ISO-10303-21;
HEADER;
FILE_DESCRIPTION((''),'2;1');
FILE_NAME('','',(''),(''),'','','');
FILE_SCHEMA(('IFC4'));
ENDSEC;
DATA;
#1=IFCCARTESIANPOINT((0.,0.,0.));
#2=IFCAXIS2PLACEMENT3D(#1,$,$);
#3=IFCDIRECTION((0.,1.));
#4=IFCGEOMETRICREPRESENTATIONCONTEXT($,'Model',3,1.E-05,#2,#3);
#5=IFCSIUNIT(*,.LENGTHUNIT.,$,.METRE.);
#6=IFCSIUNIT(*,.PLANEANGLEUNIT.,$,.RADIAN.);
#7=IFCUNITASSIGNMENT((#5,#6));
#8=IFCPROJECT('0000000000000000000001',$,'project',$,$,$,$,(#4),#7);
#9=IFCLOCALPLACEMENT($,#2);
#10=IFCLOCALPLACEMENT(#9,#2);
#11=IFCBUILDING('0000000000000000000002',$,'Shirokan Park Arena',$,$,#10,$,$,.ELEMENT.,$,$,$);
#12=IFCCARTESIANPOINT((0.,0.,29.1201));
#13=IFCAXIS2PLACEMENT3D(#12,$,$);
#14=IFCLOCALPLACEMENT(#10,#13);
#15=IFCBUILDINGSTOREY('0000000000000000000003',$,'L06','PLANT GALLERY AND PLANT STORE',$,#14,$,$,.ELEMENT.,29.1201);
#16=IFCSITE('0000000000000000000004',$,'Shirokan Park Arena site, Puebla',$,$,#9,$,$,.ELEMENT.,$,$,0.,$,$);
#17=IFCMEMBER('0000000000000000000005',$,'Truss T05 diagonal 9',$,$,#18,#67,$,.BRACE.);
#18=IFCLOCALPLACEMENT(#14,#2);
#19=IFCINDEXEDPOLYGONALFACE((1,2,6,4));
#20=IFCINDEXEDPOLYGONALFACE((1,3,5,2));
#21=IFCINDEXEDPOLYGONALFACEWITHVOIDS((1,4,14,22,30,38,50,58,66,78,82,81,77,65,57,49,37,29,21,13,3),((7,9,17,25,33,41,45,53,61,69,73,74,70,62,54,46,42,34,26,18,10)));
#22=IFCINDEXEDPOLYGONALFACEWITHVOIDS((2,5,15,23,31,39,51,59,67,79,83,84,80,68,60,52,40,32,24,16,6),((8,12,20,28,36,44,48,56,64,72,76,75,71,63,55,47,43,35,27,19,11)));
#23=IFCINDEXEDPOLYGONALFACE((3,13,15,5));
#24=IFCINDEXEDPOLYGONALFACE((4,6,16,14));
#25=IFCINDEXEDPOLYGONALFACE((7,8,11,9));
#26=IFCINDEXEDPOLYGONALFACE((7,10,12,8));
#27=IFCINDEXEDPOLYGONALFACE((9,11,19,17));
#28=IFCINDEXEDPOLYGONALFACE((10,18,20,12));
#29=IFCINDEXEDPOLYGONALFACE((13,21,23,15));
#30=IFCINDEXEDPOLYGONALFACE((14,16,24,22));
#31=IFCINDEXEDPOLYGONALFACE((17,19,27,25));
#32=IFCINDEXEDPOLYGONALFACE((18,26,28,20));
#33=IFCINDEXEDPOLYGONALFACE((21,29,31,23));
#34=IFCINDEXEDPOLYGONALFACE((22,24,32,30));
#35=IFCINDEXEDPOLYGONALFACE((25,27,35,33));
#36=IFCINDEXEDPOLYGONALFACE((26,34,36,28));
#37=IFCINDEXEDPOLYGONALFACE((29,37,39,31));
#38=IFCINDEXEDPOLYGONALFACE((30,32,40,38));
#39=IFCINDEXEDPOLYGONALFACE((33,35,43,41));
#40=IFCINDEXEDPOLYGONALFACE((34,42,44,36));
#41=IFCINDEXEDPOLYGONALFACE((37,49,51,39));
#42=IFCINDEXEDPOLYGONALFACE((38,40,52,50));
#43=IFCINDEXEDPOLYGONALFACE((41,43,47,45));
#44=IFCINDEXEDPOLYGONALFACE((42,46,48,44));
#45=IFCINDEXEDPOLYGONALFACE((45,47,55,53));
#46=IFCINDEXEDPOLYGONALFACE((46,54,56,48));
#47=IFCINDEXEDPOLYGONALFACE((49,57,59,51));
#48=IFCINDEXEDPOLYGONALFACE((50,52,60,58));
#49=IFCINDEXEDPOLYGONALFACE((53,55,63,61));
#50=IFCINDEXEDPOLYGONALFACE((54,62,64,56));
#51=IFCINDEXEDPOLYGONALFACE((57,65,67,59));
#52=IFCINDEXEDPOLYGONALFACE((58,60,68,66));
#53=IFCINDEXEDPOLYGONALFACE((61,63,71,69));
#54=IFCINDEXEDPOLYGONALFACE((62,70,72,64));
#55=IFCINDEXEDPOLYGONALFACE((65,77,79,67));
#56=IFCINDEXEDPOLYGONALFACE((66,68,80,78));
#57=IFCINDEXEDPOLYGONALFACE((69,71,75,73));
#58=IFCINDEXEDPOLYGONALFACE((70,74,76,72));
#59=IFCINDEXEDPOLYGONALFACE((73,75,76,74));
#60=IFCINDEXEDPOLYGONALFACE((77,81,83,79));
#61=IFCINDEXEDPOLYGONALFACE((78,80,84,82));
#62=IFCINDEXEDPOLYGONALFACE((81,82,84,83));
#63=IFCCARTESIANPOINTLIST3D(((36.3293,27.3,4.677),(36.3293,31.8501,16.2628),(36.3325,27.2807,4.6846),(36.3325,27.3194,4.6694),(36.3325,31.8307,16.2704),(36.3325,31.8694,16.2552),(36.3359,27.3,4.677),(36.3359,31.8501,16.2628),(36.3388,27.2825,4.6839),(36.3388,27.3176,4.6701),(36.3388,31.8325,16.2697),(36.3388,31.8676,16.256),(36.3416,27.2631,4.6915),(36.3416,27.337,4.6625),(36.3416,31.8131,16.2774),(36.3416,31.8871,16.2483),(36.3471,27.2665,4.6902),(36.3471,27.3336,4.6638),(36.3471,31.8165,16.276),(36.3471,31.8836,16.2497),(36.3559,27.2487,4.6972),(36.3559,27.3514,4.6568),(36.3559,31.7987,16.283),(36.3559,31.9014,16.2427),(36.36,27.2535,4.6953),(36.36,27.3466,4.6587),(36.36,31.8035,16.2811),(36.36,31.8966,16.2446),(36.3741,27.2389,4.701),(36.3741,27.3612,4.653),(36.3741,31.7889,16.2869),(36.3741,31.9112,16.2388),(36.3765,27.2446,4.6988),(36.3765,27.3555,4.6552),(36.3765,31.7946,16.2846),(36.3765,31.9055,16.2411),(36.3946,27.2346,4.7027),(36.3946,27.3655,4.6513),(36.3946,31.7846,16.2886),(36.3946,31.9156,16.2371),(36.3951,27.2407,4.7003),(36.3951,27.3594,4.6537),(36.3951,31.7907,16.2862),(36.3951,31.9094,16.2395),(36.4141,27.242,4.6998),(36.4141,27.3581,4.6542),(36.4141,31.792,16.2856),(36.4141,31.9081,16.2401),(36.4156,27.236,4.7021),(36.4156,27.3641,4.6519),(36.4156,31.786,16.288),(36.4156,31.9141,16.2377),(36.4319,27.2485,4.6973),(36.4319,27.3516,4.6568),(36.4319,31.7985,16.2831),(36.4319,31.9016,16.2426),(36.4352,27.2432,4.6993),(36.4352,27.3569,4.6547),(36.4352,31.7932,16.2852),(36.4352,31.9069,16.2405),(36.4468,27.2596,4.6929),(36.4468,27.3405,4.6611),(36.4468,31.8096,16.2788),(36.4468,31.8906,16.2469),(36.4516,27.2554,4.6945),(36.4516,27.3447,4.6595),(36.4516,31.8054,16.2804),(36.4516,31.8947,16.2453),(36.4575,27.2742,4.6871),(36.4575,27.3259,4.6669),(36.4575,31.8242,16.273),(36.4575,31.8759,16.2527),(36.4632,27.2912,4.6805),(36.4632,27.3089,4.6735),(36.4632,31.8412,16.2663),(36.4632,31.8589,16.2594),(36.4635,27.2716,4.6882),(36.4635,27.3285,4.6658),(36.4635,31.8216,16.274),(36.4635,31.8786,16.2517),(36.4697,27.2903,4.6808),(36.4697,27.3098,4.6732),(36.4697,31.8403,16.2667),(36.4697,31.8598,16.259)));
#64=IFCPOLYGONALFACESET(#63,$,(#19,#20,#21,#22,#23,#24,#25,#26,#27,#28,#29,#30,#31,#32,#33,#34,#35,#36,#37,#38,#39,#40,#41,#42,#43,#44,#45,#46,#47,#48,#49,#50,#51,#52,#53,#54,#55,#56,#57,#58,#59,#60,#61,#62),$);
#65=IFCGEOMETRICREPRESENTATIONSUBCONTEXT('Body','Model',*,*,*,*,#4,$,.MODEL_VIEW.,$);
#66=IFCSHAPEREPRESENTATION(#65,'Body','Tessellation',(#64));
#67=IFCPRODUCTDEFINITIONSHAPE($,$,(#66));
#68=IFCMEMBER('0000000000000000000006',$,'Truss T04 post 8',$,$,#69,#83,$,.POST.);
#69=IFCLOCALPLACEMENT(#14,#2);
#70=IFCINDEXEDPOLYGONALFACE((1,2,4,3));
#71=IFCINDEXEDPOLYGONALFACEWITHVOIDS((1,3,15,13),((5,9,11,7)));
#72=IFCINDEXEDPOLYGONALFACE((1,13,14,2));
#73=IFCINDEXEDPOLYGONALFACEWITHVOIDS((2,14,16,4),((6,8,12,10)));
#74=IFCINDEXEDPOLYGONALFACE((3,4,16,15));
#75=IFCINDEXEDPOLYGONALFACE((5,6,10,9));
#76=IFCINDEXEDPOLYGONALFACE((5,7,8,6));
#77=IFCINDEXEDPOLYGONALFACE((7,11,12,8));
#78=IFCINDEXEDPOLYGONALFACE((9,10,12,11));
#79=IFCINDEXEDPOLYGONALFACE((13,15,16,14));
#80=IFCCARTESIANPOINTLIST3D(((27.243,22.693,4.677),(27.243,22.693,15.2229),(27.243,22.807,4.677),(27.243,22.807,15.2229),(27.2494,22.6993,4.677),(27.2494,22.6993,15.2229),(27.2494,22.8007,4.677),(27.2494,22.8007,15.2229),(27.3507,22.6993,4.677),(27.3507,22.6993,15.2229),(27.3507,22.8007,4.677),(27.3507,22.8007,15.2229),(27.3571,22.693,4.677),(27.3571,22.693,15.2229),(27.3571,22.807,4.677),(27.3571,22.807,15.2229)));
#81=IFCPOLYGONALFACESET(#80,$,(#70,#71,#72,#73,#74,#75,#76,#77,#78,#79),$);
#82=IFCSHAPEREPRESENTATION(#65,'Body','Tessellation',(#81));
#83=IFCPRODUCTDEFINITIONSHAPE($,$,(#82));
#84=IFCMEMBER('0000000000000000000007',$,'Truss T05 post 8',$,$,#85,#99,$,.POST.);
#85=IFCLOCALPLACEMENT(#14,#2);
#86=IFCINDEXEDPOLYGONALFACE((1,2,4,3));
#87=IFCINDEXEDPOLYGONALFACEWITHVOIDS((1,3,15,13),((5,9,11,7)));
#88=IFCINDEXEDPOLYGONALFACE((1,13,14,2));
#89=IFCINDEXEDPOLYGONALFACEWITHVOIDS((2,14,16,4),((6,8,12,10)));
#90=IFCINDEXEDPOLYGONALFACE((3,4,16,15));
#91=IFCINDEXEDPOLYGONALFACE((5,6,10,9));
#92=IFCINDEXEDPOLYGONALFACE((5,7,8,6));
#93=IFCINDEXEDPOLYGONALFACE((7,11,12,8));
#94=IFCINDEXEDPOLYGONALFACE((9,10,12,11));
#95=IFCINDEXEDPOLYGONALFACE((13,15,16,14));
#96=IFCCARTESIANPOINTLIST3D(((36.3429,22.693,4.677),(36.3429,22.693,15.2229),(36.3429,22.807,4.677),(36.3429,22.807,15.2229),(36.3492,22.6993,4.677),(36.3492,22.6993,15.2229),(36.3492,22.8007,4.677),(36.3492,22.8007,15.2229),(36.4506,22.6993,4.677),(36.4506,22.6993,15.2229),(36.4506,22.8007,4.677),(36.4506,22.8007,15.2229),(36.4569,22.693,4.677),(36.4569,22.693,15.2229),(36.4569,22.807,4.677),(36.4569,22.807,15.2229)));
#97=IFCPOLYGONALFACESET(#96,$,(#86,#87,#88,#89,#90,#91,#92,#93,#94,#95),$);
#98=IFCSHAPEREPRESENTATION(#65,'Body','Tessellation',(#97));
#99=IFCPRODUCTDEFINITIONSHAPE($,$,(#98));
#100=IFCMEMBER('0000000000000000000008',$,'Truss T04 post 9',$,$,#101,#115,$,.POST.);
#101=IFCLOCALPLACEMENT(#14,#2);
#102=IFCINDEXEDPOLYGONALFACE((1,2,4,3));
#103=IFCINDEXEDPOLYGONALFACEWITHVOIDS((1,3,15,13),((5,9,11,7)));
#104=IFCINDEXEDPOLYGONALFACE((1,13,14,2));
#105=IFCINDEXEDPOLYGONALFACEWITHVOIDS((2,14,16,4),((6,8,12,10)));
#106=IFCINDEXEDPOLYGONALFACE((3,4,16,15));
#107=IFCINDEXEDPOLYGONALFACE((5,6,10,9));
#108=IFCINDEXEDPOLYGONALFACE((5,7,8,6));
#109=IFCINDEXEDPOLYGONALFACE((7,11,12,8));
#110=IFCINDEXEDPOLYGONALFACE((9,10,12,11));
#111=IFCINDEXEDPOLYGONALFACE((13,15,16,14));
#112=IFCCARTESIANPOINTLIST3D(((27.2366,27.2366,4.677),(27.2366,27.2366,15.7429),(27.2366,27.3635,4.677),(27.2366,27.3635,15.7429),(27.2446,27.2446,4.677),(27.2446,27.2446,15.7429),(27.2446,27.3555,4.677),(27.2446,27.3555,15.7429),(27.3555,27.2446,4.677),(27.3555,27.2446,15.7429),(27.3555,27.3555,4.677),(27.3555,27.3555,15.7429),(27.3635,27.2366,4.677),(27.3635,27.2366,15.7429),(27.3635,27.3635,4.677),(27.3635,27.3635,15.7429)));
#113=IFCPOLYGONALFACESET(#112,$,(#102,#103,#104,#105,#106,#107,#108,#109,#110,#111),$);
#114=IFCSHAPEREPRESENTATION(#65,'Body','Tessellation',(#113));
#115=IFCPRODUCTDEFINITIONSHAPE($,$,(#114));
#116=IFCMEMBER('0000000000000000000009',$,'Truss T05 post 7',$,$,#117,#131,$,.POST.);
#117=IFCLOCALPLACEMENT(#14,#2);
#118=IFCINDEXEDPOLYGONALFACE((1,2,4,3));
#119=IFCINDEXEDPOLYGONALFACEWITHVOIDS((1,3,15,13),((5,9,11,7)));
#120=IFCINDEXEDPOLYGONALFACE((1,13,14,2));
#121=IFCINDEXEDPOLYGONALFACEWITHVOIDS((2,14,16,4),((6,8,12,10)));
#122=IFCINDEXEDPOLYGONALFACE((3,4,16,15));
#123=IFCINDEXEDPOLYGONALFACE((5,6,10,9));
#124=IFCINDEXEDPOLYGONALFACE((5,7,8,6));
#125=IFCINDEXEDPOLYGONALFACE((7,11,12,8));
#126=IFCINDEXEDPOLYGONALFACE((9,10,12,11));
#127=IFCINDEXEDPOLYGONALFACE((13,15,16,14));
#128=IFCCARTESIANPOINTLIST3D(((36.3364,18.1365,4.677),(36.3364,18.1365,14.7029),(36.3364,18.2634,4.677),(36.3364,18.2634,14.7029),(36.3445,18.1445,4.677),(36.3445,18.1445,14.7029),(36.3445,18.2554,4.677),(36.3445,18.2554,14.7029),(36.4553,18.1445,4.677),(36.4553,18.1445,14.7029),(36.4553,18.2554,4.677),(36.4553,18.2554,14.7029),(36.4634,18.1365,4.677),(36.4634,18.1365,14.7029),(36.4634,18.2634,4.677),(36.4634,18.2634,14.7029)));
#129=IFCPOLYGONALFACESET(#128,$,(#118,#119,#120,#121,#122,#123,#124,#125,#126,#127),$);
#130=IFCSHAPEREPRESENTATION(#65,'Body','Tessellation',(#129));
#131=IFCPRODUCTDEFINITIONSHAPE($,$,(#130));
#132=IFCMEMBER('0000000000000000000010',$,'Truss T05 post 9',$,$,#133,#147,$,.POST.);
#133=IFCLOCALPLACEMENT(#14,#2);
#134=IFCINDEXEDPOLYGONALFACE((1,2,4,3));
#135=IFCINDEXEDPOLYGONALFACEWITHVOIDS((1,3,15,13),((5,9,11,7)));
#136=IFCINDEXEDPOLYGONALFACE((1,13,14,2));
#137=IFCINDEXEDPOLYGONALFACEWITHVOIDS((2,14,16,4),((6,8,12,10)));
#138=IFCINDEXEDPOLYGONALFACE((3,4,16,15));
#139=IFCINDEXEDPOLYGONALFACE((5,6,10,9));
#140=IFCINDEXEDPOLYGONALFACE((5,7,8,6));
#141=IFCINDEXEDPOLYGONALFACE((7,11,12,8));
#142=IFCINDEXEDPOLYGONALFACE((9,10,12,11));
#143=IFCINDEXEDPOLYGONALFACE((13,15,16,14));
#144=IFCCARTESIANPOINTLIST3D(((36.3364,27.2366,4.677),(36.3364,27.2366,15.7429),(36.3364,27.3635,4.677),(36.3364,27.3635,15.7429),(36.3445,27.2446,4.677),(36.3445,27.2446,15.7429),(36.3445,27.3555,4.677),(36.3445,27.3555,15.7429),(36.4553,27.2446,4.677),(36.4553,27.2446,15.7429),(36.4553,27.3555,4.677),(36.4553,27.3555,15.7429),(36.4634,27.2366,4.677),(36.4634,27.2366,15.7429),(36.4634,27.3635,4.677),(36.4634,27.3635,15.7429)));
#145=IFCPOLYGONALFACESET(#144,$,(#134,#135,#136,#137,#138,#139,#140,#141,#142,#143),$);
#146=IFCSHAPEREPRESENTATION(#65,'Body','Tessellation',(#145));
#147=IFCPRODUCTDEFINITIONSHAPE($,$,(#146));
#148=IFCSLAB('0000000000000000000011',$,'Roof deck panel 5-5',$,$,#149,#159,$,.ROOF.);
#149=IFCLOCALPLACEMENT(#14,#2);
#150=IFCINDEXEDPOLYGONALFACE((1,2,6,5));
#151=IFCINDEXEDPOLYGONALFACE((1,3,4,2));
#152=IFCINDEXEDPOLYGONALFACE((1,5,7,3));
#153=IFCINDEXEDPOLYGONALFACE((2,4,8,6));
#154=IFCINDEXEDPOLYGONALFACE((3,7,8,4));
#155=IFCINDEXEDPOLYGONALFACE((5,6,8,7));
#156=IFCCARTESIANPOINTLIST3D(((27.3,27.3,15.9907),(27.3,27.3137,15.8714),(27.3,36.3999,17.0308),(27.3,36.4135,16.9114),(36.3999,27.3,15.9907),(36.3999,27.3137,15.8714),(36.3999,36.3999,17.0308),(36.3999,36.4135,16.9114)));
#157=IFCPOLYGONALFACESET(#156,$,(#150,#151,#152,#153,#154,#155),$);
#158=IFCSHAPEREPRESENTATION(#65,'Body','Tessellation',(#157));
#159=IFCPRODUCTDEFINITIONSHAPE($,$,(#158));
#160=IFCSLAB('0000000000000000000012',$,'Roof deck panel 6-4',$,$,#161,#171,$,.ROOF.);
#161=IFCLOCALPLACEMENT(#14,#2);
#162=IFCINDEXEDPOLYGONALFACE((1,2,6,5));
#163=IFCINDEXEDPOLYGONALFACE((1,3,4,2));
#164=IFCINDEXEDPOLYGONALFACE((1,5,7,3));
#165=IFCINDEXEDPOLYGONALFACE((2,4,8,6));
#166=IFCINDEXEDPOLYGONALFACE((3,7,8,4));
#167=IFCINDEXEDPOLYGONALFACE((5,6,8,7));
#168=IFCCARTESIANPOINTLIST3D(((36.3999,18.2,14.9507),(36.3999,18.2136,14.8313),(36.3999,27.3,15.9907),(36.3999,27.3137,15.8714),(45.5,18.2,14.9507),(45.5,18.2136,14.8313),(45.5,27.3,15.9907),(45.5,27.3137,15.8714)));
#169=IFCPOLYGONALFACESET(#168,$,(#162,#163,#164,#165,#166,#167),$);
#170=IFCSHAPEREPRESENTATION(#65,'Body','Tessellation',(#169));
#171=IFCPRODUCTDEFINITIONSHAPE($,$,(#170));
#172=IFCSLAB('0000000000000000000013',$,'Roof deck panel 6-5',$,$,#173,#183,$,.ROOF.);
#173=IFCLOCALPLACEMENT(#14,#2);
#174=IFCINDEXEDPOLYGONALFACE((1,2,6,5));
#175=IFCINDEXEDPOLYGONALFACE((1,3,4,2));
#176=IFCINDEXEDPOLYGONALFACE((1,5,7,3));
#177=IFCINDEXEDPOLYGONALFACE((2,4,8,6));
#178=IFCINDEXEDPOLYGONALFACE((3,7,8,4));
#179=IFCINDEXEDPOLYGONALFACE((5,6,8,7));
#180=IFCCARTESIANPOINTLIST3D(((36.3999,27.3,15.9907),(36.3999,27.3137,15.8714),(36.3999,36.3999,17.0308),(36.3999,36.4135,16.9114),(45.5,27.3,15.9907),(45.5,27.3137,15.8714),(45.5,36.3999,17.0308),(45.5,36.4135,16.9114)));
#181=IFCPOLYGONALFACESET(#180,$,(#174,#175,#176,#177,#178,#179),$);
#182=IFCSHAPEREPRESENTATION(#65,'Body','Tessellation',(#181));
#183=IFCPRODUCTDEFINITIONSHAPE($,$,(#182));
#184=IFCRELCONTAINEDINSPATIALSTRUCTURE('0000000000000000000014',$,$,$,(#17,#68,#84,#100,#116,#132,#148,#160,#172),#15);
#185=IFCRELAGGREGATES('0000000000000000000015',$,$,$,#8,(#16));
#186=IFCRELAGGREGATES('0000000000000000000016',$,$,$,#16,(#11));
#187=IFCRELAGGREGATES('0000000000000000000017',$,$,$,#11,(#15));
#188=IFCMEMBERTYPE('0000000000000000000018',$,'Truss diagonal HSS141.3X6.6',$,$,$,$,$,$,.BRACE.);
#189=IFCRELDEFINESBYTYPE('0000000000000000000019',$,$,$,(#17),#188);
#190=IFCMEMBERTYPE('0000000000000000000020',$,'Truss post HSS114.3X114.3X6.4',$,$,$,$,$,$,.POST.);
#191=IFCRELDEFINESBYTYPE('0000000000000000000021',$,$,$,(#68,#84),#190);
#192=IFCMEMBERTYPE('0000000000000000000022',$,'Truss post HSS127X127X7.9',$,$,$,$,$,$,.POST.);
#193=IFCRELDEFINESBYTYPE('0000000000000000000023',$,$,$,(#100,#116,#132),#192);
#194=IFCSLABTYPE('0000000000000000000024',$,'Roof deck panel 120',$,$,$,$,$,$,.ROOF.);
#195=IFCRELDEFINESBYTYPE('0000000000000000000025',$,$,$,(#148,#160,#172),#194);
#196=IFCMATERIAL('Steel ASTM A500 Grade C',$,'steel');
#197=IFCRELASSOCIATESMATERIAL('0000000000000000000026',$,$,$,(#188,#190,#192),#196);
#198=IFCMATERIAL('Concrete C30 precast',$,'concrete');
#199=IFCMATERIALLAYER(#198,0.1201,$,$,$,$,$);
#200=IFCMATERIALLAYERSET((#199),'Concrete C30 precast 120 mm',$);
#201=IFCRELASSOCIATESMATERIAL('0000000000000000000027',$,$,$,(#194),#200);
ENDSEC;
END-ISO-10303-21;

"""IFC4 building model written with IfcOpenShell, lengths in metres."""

from ifc_helpers import new_model, si_unit, direction, frame, origin, origin_2d, place, context, subcontext, project, spatial, polyline, hollow_rectangle, hollow_circle, outline, extrude, material, layer, layer_set, material_profile, profile_set, type_object, element, save


model = new_model("IFC4")

# Units and contexts
model_context = context("Model", 3, precision=1e-05, world=origin(), true_north=direction((0.0, 1.0)))
body_context = subcontext(model_context, "Body", "Model", "MODEL_VIEW")
ifc_project = project(units=[si_unit("LENGTHUNIT", "METRE"), si_unit("PLANEANGLEUNIT", "RADIAN")], contexts=[model_context])

# Site, building, storey
site_placement = place(None, origin())
site = spatial("IfcSite", under=ifc_project, at=site_placement, Name="Shirokan Park Arena site, Puebla", CompositionType="ELEMENT", RefElevation=0.0)
building_placement = place(site_placement, origin())
building = spatial("IfcBuilding", under=site, at=building_placement, Name="Shirokan Park Arena", CompositionType="ELEMENT")
storey_placement = place(building_placement, frame((0.0, 0.0, 29.1201)))
storey = spatial("IfcBuildingStorey", under=building, at=storey_placement, Name="L06", Description="PLANT GALLERY AND PLANT STORE", CompositionType="ELEMENT", Elevation=29.1201)

# Shared definitions
ifc_material_1 = material(Name="Steel ASTM A500 Grade C", Category="steel")

# Members
ifc_material_profile_1 = material_profile(ifc_material_1, hollow_circle(Radius=0.0706, WallThickness=0.0066, at=origin_2d()), Name="HSS141.3X6.6")
ifc_profile_set_1 = profile_set([ifc_material_profile_1], Name="Steel ASTM A500 Grade C")
member_type_1 = type_object("IfcMemberType", Name="Truss diagonal HSS141.3X6.6", PredefinedType="BRACE", material=ifc_profile_set_1)
member_1_placement = place(storey_placement, frame((36.3999, 27.3, 4.677), z_axis=(0.0, 0.365543, 0.930794), x_axis=(-1.0, 0.0, 0.0)))
element("IfcMember", 1, at=member_1_placement, inside=storey, type_object=member_type_1, Name="Truss T05 diagonal 9", PredefinedType="BRACE", context=body_context, shape_type="SweptSolid", body=[
    extrude(hollow_circle(Radius=0.0706, WallThickness=0.0066, at=origin_2d()), origin(), (0.0, 0.0, 1.0), 12.4473),
])
ifc_material_profile_2 = material_profile(ifc_material_1, hollow_rectangle(XDim=0.114, YDim=0.114, WallThickness=0.0063, at=origin_2d()), Name="HSS114.3X114.3X6.4")
ifc_profile_set_2 = profile_set([ifc_material_profile_2], Name="Steel ASTM A500 Grade C")
member_type_2 = type_object("IfcMemberType", Name="Truss post HSS114.3X114.3X6.4", PredefinedType="POST", material=ifc_profile_set_2)
for number, where, z_axis, x_axis, name in (
    (2, (27.3, 22.75, 4.677), (0.0, 0.0, 1.0), (1.0, 0.0, 0.0), "Truss T04 post 8"),
    (3, (36.3999, 22.75, 4.677), (0.0, 0.0, 1.0), (1.0, 0.0, 0.0), "Truss T05 post 8"),
):
    element("IfcMember", number, at=place(storey_placement, frame(where, z_axis=z_axis, x_axis=x_axis)), inside=storey, type_object=member_type_2, Name=name, PredefinedType="POST", context=body_context, shape_type="SweptSolid", body=[
        extrude(hollow_rectangle(XDim=0.114, YDim=0.114, WallThickness=0.0063, at=origin_2d()), origin(), (0.0, 0.0, 1.0), 10.5459),
    ])
ifc_material_profile_3 = material_profile(ifc_material_1, hollow_rectangle(XDim=0.127, YDim=0.127, WallThickness=0.0081, at=origin_2d()), Name="HSS127X127X7.9")
ifc_profile_set_3 = profile_set([ifc_material_profile_3], Name="Steel ASTM A500 Grade C")
member_type_3 = type_object("IfcMemberType", Name="Truss post HSS127X127X7.9", PredefinedType="POST", material=ifc_profile_set_3)
member_2_placement = place(storey_placement, frame((27.3, 27.3, 4.677), z_axis=(0.0, 0.0, 1.0), x_axis=(1.0, 0.0, 0.0)))
element("IfcMember", 4, at=member_2_placement, inside=storey, type_object=member_type_3, Name="Truss T04 post 9", PredefinedType="POST", context=body_context, shape_type="SweptSolid", body=[
    extrude(hollow_rectangle(XDim=0.127, YDim=0.127, WallThickness=0.0081, at=origin_2d()), origin(), (0.0, 0.0, 1.0), 11.0659),
])
member_3_placement = place(storey_placement, frame((36.3999, 18.2, 4.677), z_axis=(0.0, 0.0, 1.0), x_axis=(1.0, 0.0, 0.0)))
element("IfcMember", 5, at=member_3_placement, inside=storey, type_object=member_type_3, Name="Truss T05 post 7", PredefinedType="POST", context=body_context, shape_type="SweptSolid", body=[
    extrude(hollow_rectangle(XDim=0.127, YDim=0.127, WallThickness=0.0081, at=origin_2d()), origin(), (0.0, 0.0, 1.0), 10.0259),
])
member_4_placement = place(storey_placement, frame((36.3999, 27.3, 4.677), z_axis=(0.0, 0.0, 1.0), x_axis=(1.0, 0.0, 0.0)))
element("IfcMember", 6, at=member_4_placement, inside=storey, type_object=member_type_3, Name="Truss T05 post 9", PredefinedType="POST", context=body_context, shape_type="SweptSolid", body=[
    extrude(hollow_rectangle(XDim=0.127, YDim=0.127, WallThickness=0.0081, at=origin_2d()), origin(), (0.0, 0.0, 1.0), 11.0659),
])

# Slabs
ifc_material_2 = material(Name="Concrete C30 precast", Category="concrete")
ifc_layer_1 = layer(ifc_material_2, 0.1201)
ifc_layer_set_1 = layer_set([ifc_layer_1], Name="Concrete C30 precast 120 mm")
slab_type = type_object("IfcSlabType", Name="Roof deck panel 120", PredefinedType="ROOF", material=ifc_layer_set_1)
slab_1_placement = place(storey_placement, frame((27.3, 27.3, 15.9907), z_axis=(0.0, -0.113553, 0.993532), x_axis=(1.0, 0.0, 0.0)))
element("IfcSlab", 7, at=slab_1_placement, inside=storey, type_object=slab_type, Name="Roof deck panel 5-5", PredefinedType="ROOF", context=body_context, shape_type="SweptSolid", body=[
    extrude(outline(polyline([(0.0, 0.0), (9.0999, 0.0), (9.0999, 9.1591), (0.0, 9.1591), (0.0, 0.0)])), origin(), (0.0, 0.0, -1.0), 0.1201),
])
slab_2_placement = place(storey_placement, frame((36.3999, 18.2, 14.9507), z_axis=(0.0, -0.11355, 0.993532), x_axis=(1.0, 0.0, 0.0)))
element("IfcSlab", 8, at=slab_2_placement, inside=storey, type_object=slab_type, Name="Roof deck panel 6-4", PredefinedType="ROOF", context=body_context, shape_type="SweptSolid", body=[
    extrude(outline(polyline([(0.0, 0.0), (9.1001, 0.0), (9.1001, 9.1593), (0.0, 9.1593), (0.0, 0.0)])), origin(), (0.0, 0.0, -1.0), 0.1201),
])
slab_3_placement = place(storey_placement, frame((36.3999, 27.3, 15.9907), z_axis=(0.0, -0.113553, 0.993532), x_axis=(1.0, 0.0, 0.0)))
element("IfcSlab", 9, at=slab_3_placement, inside=storey, type_object=slab_type, Name="Roof deck panel 6-5", PredefinedType="ROOF", context=body_context, shape_type="SweptSolid", body=[
    extrude(outline(polyline([(0.0, 0.0), (9.1001, 0.0), (9.1001, 9.1591), (0.0, 9.1591), (0.0, 0.0)])), origin(), (0.0, 0.0, -1.0), 0.1201),
])

save(model, "model.ifc")
